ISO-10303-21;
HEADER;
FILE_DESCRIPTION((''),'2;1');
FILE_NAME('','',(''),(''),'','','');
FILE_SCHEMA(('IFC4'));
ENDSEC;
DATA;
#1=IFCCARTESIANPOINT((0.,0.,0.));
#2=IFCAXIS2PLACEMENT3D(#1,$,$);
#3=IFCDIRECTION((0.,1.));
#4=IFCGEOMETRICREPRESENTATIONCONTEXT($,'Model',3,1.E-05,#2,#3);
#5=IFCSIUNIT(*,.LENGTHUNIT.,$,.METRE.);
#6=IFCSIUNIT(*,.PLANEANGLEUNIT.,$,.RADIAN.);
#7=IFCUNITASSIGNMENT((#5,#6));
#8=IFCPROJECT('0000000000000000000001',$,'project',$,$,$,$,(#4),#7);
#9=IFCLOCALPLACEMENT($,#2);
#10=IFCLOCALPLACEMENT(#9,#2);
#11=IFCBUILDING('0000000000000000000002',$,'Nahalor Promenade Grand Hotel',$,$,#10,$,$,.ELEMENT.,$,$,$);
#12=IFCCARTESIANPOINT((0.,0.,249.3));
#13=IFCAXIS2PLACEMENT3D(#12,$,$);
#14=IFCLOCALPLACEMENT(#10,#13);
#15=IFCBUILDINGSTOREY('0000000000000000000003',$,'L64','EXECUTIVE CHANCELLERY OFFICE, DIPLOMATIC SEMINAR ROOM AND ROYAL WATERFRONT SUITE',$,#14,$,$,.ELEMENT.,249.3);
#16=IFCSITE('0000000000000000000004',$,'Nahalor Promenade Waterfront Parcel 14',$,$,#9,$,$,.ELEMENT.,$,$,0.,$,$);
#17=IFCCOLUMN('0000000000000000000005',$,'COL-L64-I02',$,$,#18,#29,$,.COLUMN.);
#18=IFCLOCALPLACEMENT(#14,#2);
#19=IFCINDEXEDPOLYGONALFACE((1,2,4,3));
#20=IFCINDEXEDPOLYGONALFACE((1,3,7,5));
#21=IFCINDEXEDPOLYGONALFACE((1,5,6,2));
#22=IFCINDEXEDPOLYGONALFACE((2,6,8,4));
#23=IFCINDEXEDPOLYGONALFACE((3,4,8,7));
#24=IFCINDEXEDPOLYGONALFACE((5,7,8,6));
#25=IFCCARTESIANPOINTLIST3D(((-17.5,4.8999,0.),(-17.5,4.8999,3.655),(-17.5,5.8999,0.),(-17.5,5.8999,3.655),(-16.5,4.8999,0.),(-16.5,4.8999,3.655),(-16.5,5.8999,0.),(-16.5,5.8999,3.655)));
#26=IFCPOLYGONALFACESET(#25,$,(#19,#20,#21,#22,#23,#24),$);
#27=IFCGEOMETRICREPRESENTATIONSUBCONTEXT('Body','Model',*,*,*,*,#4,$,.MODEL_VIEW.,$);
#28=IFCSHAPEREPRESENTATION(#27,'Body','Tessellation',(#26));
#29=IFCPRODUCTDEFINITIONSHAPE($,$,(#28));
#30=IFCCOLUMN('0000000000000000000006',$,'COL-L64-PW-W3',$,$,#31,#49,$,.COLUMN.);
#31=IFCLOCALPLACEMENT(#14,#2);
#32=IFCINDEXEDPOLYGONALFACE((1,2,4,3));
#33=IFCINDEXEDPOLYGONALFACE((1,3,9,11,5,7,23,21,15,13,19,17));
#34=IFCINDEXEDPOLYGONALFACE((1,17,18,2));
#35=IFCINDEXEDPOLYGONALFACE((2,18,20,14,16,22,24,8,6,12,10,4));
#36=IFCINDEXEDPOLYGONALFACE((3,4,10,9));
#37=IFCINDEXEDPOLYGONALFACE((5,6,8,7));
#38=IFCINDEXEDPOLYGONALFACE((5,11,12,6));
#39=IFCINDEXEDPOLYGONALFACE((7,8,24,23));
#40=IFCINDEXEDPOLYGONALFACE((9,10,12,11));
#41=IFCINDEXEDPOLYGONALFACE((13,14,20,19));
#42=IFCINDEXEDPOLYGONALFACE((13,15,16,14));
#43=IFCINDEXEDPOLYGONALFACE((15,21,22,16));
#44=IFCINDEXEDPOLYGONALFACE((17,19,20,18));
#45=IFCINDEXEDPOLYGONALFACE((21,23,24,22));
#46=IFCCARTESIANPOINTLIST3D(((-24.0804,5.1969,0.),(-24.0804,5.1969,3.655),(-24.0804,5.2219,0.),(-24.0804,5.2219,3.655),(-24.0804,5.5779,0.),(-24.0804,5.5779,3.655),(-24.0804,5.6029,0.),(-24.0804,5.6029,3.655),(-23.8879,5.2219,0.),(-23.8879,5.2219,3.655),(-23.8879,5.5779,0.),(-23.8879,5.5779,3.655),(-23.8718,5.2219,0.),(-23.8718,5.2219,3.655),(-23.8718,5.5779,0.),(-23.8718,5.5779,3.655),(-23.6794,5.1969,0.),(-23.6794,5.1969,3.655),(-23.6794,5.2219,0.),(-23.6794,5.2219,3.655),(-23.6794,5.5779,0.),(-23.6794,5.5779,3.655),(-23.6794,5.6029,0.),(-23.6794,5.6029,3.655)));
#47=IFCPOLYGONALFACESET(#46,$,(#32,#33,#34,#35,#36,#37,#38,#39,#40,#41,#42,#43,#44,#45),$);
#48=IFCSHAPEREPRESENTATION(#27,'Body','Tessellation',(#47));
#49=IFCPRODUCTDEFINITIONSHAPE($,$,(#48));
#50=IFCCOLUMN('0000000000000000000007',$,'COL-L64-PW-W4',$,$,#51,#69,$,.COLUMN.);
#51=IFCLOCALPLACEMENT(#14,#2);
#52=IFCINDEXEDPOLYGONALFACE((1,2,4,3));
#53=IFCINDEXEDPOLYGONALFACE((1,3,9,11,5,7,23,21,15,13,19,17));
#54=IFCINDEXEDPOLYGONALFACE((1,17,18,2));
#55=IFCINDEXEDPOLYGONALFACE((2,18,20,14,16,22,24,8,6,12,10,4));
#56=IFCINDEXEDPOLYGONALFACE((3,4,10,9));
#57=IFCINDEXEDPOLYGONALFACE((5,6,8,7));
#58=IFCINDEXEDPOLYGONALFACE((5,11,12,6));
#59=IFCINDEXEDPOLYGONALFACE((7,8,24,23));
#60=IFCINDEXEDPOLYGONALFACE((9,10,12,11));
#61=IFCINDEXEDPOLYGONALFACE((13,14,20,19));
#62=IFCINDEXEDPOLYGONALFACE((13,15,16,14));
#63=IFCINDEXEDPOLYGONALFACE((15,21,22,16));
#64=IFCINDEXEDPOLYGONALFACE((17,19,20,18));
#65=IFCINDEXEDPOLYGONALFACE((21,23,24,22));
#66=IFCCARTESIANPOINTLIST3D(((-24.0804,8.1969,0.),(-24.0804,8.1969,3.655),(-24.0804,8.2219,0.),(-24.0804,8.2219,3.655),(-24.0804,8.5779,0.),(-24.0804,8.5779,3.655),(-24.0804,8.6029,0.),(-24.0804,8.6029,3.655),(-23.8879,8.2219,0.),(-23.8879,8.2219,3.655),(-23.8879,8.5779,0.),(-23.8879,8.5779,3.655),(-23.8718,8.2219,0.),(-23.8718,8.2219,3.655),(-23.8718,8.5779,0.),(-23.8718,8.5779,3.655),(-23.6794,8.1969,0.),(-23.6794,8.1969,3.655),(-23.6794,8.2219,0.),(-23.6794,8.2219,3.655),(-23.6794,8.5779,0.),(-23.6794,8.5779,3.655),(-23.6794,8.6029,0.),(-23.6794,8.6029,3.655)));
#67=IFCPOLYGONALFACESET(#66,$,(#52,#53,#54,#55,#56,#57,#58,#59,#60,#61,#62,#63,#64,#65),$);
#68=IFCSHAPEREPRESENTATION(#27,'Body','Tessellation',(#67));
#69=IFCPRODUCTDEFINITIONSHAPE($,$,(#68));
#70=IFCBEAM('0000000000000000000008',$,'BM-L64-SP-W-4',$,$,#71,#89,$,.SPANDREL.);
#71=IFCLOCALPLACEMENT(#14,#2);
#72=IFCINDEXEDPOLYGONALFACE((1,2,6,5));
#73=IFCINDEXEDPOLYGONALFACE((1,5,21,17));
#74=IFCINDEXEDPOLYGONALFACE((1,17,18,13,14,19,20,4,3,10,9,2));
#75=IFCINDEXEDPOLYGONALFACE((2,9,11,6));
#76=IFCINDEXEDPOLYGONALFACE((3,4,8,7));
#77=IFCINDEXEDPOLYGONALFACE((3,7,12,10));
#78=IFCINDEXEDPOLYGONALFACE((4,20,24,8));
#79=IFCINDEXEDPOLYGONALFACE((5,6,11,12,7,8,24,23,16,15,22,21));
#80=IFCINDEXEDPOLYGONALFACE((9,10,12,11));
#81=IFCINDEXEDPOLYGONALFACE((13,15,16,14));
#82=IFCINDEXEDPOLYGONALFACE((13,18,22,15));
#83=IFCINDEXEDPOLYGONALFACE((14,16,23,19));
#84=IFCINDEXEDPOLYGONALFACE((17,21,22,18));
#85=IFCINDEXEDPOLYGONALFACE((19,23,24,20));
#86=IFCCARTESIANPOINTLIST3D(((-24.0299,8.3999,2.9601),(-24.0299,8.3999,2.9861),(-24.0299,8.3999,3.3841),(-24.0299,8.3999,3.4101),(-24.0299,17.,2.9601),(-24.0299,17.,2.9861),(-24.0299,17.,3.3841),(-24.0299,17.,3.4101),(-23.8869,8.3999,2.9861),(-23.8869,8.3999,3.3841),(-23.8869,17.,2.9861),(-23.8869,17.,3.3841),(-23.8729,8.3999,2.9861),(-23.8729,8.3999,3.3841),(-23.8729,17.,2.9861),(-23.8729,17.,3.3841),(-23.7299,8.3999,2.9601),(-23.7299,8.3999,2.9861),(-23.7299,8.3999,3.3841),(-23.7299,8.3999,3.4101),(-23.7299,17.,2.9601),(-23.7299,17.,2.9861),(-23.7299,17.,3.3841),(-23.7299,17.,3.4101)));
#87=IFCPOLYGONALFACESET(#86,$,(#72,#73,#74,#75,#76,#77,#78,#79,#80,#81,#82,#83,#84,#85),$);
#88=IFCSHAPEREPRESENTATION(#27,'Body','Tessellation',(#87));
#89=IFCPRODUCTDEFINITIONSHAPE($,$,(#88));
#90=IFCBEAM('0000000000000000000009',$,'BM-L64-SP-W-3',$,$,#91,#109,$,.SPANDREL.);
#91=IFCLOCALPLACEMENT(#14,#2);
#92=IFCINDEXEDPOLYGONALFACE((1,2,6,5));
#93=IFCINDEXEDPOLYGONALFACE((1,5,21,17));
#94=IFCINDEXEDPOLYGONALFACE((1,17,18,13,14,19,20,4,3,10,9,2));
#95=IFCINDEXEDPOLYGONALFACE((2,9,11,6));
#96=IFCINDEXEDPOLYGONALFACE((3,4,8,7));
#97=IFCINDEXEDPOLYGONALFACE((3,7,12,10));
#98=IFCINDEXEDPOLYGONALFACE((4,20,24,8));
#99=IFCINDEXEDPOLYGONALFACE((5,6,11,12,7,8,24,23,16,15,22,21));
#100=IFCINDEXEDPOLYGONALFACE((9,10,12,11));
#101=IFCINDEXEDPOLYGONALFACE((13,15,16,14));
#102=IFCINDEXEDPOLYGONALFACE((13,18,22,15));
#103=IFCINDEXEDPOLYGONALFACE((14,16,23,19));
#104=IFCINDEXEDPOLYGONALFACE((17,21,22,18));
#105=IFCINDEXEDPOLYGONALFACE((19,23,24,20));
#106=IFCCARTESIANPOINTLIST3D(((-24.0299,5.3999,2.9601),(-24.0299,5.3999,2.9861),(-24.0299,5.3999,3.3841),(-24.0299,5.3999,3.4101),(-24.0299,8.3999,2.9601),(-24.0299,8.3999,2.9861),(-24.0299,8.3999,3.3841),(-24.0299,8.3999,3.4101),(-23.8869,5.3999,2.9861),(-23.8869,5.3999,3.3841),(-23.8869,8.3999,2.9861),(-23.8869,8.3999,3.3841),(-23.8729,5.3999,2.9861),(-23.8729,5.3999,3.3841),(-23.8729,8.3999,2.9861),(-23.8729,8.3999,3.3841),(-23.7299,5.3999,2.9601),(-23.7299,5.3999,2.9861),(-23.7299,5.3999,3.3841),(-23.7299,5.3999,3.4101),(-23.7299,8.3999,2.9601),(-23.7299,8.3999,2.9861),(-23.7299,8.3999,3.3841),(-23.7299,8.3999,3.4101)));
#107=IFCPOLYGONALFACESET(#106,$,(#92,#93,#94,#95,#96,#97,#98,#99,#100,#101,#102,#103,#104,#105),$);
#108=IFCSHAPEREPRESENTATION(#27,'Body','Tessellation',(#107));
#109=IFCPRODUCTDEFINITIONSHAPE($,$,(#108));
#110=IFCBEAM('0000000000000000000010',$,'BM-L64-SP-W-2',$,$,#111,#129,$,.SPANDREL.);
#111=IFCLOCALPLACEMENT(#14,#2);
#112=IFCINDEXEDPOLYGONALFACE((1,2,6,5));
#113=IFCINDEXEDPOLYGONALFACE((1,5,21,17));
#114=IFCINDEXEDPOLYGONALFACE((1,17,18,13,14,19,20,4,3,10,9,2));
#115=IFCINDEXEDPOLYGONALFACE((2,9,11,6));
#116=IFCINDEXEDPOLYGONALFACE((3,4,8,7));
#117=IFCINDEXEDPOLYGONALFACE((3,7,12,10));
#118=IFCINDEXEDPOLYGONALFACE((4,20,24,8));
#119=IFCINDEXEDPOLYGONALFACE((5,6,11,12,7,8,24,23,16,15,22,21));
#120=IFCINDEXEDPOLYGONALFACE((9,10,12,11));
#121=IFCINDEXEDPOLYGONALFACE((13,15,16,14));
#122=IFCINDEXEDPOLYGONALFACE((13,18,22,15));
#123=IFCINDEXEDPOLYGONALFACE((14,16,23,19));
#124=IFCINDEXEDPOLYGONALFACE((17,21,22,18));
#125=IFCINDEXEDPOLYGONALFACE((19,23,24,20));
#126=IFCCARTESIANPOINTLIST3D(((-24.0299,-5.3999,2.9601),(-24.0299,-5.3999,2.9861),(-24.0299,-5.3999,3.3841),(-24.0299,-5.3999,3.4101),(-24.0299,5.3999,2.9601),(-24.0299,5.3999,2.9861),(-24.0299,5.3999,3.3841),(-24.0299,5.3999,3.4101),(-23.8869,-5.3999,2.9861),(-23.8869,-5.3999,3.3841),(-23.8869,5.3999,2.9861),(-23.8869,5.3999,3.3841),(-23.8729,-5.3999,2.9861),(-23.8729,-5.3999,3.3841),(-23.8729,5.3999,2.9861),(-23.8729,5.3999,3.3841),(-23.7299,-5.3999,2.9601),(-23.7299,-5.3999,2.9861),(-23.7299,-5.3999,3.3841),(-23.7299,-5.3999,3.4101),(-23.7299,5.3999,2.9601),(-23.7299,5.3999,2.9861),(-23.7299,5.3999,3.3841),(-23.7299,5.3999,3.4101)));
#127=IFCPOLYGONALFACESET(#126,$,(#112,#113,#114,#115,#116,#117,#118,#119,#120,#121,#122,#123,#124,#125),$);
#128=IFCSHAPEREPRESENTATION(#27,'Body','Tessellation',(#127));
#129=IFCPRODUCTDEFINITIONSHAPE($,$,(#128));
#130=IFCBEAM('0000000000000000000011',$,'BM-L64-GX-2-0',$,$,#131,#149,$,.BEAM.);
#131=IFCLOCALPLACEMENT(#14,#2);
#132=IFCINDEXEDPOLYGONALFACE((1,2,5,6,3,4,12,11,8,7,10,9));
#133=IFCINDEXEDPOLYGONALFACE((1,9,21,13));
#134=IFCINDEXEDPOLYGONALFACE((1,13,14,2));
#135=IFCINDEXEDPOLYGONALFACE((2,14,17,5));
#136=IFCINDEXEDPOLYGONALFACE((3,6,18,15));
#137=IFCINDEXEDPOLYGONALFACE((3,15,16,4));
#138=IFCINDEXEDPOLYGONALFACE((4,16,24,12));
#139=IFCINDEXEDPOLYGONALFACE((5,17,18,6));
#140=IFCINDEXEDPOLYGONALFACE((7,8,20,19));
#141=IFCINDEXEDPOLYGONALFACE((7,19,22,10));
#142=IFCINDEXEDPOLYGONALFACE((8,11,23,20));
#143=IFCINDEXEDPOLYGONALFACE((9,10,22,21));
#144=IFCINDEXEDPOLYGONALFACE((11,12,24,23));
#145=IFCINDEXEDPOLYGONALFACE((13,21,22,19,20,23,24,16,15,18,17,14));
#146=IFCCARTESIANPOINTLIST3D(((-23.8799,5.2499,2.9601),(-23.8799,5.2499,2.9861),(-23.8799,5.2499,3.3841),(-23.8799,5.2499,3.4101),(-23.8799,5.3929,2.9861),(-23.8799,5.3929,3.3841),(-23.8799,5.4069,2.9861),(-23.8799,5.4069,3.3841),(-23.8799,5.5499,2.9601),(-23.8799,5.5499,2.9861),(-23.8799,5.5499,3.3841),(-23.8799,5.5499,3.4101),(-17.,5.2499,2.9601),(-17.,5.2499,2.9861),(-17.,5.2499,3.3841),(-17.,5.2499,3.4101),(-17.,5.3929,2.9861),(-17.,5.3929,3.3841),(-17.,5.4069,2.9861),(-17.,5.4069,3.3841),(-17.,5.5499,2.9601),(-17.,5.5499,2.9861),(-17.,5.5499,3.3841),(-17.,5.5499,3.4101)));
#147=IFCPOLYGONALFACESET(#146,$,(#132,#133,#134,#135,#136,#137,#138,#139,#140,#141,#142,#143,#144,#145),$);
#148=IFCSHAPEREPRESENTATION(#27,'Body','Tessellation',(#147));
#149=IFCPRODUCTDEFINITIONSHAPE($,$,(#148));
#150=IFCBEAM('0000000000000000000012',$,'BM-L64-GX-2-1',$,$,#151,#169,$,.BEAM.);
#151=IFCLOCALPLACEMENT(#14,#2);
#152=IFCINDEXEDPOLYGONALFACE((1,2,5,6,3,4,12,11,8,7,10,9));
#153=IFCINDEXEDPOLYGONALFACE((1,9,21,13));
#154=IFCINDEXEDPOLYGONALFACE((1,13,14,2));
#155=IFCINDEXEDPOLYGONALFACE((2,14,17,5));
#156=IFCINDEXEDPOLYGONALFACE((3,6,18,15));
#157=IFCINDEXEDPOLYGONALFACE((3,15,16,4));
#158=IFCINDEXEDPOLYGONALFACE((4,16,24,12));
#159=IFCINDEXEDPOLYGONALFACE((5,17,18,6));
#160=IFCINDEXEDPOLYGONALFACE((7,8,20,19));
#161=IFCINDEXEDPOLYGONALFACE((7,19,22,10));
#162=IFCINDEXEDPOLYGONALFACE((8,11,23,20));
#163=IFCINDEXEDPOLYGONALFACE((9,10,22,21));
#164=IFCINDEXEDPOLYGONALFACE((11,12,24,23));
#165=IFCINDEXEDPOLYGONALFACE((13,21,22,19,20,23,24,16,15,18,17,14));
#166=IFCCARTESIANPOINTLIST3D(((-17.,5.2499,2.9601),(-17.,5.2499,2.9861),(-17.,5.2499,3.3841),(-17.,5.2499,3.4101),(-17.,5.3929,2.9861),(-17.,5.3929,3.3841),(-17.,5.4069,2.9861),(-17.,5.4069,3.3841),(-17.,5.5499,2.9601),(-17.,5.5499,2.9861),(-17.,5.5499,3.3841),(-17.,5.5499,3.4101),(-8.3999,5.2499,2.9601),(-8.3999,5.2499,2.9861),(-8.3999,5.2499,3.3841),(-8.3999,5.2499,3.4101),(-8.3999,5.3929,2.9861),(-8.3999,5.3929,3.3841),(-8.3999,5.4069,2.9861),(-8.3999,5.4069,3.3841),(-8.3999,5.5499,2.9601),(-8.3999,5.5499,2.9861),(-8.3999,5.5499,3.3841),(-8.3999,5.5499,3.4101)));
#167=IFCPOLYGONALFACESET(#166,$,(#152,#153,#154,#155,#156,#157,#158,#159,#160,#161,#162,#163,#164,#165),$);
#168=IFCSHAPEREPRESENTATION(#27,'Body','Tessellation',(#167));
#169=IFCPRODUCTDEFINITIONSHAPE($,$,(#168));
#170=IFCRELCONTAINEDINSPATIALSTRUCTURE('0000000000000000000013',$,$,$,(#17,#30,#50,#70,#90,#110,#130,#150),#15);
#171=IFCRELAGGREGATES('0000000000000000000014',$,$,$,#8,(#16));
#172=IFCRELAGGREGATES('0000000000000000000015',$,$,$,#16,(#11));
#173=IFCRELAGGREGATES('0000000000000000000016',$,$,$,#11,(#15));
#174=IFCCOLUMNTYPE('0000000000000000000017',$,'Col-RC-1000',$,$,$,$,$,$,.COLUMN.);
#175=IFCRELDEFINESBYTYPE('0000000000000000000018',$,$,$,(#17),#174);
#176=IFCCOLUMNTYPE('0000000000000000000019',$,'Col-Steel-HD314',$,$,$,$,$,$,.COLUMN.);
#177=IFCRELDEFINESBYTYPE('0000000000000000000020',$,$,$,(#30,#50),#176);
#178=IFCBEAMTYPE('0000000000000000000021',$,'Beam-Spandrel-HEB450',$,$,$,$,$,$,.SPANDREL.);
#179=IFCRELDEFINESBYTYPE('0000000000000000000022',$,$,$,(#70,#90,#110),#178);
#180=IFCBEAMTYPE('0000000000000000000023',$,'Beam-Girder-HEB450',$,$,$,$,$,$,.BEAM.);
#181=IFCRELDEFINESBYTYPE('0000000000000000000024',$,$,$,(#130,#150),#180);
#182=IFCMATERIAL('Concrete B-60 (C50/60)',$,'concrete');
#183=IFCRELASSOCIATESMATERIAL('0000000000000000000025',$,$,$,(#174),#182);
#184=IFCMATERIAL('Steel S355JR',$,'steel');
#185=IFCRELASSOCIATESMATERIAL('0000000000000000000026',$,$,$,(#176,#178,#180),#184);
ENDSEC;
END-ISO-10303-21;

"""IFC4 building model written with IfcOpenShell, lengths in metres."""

from ifc_helpers import new_model, si_unit, direction, frame, origin, origin_2d, place, context, subcontext, project, spatial, rectangle, i_section, extrude, source, transform, mapped, material, material_profile, profile_set, type_object, element, save


model = new_model("IFC4")

# Units and contexts
model_context = context("Model", 3, precision=1e-05, world=origin(), true_north=direction((0.0, 1.0)))
body_context = subcontext(model_context, "Body", "Model", "MODEL_VIEW")
ifc_project = project(units=[si_unit("LENGTHUNIT", "METRE"), si_unit("PLANEANGLEUNIT", "RADIAN")], contexts=[model_context])

# Site, building, storey
site_placement = place(None, origin())
site = spatial("IfcSite", under=ifc_project, at=site_placement, Name="Nahalor Promenade Waterfront Parcel 14", CompositionType="ELEMENT", RefElevation=0.0)
building_placement = place(site_placement, origin())
building = spatial("IfcBuilding", under=site, at=building_placement, Name="Nahalor Promenade Grand Hotel", CompositionType="ELEMENT")
storey_placement = place(building_placement, frame((0.0, 0.0, 249.3)))
storey = spatial("IfcBuildingStorey", under=building, at=storey_placement, Name="L64", Description="EXECUTIVE CHANCELLERY OFFICE, DIPLOMATIC SEMINAR ROOM AND ROYAL WATERFRONT SUITE", CompositionType="ELEMENT", Elevation=249.3)

# Columns
ifc_material_1 = material(Name="Concrete B-60 (C50/60)", Category="concrete")
ifc_material_profile_1 = material_profile(ifc_material_1, rectangle(XDim=1.0, YDim=1.0, at=origin_2d()), Name="RC 1000x1000")
ifc_profile_set_1 = profile_set([ifc_material_profile_1], Name="Concrete B-60 (C50/60)")
column_type_1 = type_object("IfcColumnType", Name="Col-RC-1000", PredefinedType="COLUMN", material=ifc_profile_set_1)
shared_shape_1 = source(origin(), body_context, "Body", "SweptSolid", [
    extrude(rectangle(XDim=1.0, YDim=1.0, at=origin_2d()), origin(), (0.0, 0.0, 1.0), 3.655),
])
column_placement = place(storey_placement, frame((-17.0, 5.3999, 0.0), z_axis=(0.0, 0.0, 1.0), x_axis=(1.0, 0.0, 0.0)))
element("IfcColumn", 1, at=column_placement, inside=storey, type_object=column_type_1, Name="COL-L64-I02", PredefinedType="COLUMN", context=body_context, shape_type="MappedRepresentation", body=[
    mapped(shared_shape_1, transform((0.0, 0.0, 0.0), scale=1.0)),
])
ifc_material_2 = material(Name="Steel S355JR", Category="steel")
ifc_material_profile_2 = material_profile(ifc_material_2, i_section(OverallWidth=0.401, OverallDepth=0.406, WebThickness=0.0161, FlangeThickness=0.025, at=origin_2d()), Name="HD 400x314")
ifc_profile_set_2 = profile_set([ifc_material_profile_2], Name="Steel S355JR")
column_type_2 = type_object("IfcColumnType", Name="Col-Steel-HD314", PredefinedType="COLUMN", material=ifc_profile_set_2)
shared_shape_2 = source(origin(), body_context, "Body", "SweptSolid", [
    extrude(i_section(OverallWidth=0.401, OverallDepth=0.406, WebThickness=0.0161, FlangeThickness=0.025, at=origin_2d()), origin(), (0.0, 0.0, 1.0), 3.655),
])
for number, where, z_axis, x_axis, name in (
    (2, (-23.8799, 5.3999, 0.0), (0.0, 0.0, 1.0), (1.0, 0.0, 0.0), "COL-L64-PW-W3"),
    (3, (-23.8799, 8.3999, 0.0), (0.0, 0.0, 1.0), (1.0, 0.0, 0.0), "COL-L64-PW-W4"),
):
    element("IfcColumn", number, at=place(storey_placement, frame(where, z_axis=z_axis, x_axis=x_axis)), inside=storey, type_object=column_type_2, Name=name, PredefinedType="COLUMN", context=body_context, shape_type="MappedRepresentation", body=[
        mapped(shared_shape_2, transform((0.0, 0.0, 0.0), scale=1.0)),
    ])

# Beams
ifc_material_profile_3 = material_profile(ifc_material_2, i_section(OverallWidth=0.3, OverallDepth=0.45, WebThickness=0.014, FlangeThickness=0.026, at=origin_2d()), Name="HEB 450")
ifc_profile_set_3 = profile_set([ifc_material_profile_3], Name="Steel S355JR")
beam_type_1 = type_object("IfcBeamType", Name="Beam-Spandrel-HEB450", PredefinedType="SPANDREL", material=ifc_profile_set_3)
shared_shape_3 = source(origin(), body_context, "Body", "SweptSolid", [
    extrude(i_section(OverallWidth=0.3, OverallDepth=0.45, WebThickness=0.014, FlangeThickness=0.026, at=origin_2d()), origin(), (0.0, 0.0, 1.0), 8.6001),
])
beam_1_placement = place(storey_placement, frame((-23.8799, 8.3999, 3.1851), z_axis=(0.0, 1.0, 0.0), x_axis=(-1.0, 0.0, 0.0)))
element("IfcBeam", 4, at=beam_1_placement, inside=storey, type_object=beam_type_1, Name="BM-L64-SP-W-4", PredefinedType="SPANDREL", context=body_context, shape_type="MappedRepresentation", body=[
    mapped(shared_shape_3, transform((0.0, 0.0, 0.0), scale=1.0)),
])
shared_shape_4 = source(origin(), body_context, "Body", "SweptSolid", [
    extrude(i_section(OverallWidth=0.3, OverallDepth=0.45, WebThickness=0.014, FlangeThickness=0.026, at=origin_2d()), origin(), (0.0, 0.0, 1.0), 3.0),
])
beam_2_placement = place(storey_placement, frame((-23.8799, 5.3999, 3.1851), z_axis=(0.0, 1.0, 0.0), x_axis=(-1.0, 0.0, 0.0)))
element("IfcBeam", 5, at=beam_2_placement, inside=storey, type_object=beam_type_1, Name="BM-L64-SP-W-3", PredefinedType="SPANDREL", context=body_context, shape_type="MappedRepresentation", body=[
    mapped(shared_shape_4, transform((0.0, 0.0, 0.0), scale=1.0)),
])
shared_shape_5 = source(origin(), body_context, "Body", "SweptSolid", [
    extrude(i_section(OverallWidth=0.3, OverallDepth=0.45, WebThickness=0.014, FlangeThickness=0.026, at=origin_2d()), origin(), (0.0, 0.0, 1.0), 10.7998),
])
beam_3_placement = place(storey_placement, frame((-23.8799, -5.3999, 3.1851), z_axis=(0.0, 1.0, 0.0), x_axis=(-1.0, 0.0, 0.0)))
element("IfcBeam", 6, at=beam_3_placement, inside=storey, type_object=beam_type_1, Name="BM-L64-SP-W-2", PredefinedType="SPANDREL", context=body_context, shape_type="MappedRepresentation", body=[
    mapped(shared_shape_5, transform((0.0, 0.0, 0.0), scale=1.0)),
])
ifc_material_profile_4 = material_profile(ifc_material_2, i_section(OverallWidth=0.3, OverallDepth=0.45, WebThickness=0.014, FlangeThickness=0.026, at=origin_2d()), Name="HEB 450")
ifc_profile_set_4 = profile_set([ifc_material_profile_4], Name="Steel S355JR")
beam_type_2 = type_object("IfcBeamType", Name="Beam-Girder-HEB450", PredefinedType="BEAM", material=ifc_profile_set_4)
shared_shape_6 = source(origin(), body_context, "Body", "SweptSolid", [
    extrude(i_section(OverallWidth=0.3, OverallDepth=0.45, WebThickness=0.014, FlangeThickness=0.026, at=origin_2d()), origin(), (0.0, 0.0, 1.0), 6.8799),
])
beam_4_placement = place(storey_placement, frame((-23.8799, 5.3999, 3.1851), z_axis=(1.0, 0.0, 0.0), x_axis=(0.0, 1.0, 0.0)))
element("IfcBeam", 7, at=beam_4_placement, inside=storey, type_object=beam_type_2, Name="BM-L64-GX-2-0", PredefinedType="BEAM", context=body_context, shape_type="MappedRepresentation", body=[
    mapped(shared_shape_6, transform((0.0, 0.0, 0.0), scale=1.0)),
])
shared_shape_7 = source(origin(), body_context, "Body", "SweptSolid", [
    extrude(i_section(OverallWidth=0.3, OverallDepth=0.45, WebThickness=0.014, FlangeThickness=0.026, at=origin_2d()), origin(), (0.0, 0.0, 1.0), 8.6001),
])
beam_5_placement = place(storey_placement, frame((-17.0, 5.3999, 3.1851), z_axis=(1.0, 0.0, 0.0), x_axis=(0.0, 1.0, 0.0)))
element("IfcBeam", 8, at=beam_5_placement, inside=storey, type_object=beam_type_2, Name="BM-L64-GX-2-1", PredefinedType="BEAM", context=body_context, shape_type="MappedRepresentation", body=[
    mapped(shared_shape_7, transform((0.0, 0.0, 0.0), scale=1.0)),
])

save(model, "model.ifc")
